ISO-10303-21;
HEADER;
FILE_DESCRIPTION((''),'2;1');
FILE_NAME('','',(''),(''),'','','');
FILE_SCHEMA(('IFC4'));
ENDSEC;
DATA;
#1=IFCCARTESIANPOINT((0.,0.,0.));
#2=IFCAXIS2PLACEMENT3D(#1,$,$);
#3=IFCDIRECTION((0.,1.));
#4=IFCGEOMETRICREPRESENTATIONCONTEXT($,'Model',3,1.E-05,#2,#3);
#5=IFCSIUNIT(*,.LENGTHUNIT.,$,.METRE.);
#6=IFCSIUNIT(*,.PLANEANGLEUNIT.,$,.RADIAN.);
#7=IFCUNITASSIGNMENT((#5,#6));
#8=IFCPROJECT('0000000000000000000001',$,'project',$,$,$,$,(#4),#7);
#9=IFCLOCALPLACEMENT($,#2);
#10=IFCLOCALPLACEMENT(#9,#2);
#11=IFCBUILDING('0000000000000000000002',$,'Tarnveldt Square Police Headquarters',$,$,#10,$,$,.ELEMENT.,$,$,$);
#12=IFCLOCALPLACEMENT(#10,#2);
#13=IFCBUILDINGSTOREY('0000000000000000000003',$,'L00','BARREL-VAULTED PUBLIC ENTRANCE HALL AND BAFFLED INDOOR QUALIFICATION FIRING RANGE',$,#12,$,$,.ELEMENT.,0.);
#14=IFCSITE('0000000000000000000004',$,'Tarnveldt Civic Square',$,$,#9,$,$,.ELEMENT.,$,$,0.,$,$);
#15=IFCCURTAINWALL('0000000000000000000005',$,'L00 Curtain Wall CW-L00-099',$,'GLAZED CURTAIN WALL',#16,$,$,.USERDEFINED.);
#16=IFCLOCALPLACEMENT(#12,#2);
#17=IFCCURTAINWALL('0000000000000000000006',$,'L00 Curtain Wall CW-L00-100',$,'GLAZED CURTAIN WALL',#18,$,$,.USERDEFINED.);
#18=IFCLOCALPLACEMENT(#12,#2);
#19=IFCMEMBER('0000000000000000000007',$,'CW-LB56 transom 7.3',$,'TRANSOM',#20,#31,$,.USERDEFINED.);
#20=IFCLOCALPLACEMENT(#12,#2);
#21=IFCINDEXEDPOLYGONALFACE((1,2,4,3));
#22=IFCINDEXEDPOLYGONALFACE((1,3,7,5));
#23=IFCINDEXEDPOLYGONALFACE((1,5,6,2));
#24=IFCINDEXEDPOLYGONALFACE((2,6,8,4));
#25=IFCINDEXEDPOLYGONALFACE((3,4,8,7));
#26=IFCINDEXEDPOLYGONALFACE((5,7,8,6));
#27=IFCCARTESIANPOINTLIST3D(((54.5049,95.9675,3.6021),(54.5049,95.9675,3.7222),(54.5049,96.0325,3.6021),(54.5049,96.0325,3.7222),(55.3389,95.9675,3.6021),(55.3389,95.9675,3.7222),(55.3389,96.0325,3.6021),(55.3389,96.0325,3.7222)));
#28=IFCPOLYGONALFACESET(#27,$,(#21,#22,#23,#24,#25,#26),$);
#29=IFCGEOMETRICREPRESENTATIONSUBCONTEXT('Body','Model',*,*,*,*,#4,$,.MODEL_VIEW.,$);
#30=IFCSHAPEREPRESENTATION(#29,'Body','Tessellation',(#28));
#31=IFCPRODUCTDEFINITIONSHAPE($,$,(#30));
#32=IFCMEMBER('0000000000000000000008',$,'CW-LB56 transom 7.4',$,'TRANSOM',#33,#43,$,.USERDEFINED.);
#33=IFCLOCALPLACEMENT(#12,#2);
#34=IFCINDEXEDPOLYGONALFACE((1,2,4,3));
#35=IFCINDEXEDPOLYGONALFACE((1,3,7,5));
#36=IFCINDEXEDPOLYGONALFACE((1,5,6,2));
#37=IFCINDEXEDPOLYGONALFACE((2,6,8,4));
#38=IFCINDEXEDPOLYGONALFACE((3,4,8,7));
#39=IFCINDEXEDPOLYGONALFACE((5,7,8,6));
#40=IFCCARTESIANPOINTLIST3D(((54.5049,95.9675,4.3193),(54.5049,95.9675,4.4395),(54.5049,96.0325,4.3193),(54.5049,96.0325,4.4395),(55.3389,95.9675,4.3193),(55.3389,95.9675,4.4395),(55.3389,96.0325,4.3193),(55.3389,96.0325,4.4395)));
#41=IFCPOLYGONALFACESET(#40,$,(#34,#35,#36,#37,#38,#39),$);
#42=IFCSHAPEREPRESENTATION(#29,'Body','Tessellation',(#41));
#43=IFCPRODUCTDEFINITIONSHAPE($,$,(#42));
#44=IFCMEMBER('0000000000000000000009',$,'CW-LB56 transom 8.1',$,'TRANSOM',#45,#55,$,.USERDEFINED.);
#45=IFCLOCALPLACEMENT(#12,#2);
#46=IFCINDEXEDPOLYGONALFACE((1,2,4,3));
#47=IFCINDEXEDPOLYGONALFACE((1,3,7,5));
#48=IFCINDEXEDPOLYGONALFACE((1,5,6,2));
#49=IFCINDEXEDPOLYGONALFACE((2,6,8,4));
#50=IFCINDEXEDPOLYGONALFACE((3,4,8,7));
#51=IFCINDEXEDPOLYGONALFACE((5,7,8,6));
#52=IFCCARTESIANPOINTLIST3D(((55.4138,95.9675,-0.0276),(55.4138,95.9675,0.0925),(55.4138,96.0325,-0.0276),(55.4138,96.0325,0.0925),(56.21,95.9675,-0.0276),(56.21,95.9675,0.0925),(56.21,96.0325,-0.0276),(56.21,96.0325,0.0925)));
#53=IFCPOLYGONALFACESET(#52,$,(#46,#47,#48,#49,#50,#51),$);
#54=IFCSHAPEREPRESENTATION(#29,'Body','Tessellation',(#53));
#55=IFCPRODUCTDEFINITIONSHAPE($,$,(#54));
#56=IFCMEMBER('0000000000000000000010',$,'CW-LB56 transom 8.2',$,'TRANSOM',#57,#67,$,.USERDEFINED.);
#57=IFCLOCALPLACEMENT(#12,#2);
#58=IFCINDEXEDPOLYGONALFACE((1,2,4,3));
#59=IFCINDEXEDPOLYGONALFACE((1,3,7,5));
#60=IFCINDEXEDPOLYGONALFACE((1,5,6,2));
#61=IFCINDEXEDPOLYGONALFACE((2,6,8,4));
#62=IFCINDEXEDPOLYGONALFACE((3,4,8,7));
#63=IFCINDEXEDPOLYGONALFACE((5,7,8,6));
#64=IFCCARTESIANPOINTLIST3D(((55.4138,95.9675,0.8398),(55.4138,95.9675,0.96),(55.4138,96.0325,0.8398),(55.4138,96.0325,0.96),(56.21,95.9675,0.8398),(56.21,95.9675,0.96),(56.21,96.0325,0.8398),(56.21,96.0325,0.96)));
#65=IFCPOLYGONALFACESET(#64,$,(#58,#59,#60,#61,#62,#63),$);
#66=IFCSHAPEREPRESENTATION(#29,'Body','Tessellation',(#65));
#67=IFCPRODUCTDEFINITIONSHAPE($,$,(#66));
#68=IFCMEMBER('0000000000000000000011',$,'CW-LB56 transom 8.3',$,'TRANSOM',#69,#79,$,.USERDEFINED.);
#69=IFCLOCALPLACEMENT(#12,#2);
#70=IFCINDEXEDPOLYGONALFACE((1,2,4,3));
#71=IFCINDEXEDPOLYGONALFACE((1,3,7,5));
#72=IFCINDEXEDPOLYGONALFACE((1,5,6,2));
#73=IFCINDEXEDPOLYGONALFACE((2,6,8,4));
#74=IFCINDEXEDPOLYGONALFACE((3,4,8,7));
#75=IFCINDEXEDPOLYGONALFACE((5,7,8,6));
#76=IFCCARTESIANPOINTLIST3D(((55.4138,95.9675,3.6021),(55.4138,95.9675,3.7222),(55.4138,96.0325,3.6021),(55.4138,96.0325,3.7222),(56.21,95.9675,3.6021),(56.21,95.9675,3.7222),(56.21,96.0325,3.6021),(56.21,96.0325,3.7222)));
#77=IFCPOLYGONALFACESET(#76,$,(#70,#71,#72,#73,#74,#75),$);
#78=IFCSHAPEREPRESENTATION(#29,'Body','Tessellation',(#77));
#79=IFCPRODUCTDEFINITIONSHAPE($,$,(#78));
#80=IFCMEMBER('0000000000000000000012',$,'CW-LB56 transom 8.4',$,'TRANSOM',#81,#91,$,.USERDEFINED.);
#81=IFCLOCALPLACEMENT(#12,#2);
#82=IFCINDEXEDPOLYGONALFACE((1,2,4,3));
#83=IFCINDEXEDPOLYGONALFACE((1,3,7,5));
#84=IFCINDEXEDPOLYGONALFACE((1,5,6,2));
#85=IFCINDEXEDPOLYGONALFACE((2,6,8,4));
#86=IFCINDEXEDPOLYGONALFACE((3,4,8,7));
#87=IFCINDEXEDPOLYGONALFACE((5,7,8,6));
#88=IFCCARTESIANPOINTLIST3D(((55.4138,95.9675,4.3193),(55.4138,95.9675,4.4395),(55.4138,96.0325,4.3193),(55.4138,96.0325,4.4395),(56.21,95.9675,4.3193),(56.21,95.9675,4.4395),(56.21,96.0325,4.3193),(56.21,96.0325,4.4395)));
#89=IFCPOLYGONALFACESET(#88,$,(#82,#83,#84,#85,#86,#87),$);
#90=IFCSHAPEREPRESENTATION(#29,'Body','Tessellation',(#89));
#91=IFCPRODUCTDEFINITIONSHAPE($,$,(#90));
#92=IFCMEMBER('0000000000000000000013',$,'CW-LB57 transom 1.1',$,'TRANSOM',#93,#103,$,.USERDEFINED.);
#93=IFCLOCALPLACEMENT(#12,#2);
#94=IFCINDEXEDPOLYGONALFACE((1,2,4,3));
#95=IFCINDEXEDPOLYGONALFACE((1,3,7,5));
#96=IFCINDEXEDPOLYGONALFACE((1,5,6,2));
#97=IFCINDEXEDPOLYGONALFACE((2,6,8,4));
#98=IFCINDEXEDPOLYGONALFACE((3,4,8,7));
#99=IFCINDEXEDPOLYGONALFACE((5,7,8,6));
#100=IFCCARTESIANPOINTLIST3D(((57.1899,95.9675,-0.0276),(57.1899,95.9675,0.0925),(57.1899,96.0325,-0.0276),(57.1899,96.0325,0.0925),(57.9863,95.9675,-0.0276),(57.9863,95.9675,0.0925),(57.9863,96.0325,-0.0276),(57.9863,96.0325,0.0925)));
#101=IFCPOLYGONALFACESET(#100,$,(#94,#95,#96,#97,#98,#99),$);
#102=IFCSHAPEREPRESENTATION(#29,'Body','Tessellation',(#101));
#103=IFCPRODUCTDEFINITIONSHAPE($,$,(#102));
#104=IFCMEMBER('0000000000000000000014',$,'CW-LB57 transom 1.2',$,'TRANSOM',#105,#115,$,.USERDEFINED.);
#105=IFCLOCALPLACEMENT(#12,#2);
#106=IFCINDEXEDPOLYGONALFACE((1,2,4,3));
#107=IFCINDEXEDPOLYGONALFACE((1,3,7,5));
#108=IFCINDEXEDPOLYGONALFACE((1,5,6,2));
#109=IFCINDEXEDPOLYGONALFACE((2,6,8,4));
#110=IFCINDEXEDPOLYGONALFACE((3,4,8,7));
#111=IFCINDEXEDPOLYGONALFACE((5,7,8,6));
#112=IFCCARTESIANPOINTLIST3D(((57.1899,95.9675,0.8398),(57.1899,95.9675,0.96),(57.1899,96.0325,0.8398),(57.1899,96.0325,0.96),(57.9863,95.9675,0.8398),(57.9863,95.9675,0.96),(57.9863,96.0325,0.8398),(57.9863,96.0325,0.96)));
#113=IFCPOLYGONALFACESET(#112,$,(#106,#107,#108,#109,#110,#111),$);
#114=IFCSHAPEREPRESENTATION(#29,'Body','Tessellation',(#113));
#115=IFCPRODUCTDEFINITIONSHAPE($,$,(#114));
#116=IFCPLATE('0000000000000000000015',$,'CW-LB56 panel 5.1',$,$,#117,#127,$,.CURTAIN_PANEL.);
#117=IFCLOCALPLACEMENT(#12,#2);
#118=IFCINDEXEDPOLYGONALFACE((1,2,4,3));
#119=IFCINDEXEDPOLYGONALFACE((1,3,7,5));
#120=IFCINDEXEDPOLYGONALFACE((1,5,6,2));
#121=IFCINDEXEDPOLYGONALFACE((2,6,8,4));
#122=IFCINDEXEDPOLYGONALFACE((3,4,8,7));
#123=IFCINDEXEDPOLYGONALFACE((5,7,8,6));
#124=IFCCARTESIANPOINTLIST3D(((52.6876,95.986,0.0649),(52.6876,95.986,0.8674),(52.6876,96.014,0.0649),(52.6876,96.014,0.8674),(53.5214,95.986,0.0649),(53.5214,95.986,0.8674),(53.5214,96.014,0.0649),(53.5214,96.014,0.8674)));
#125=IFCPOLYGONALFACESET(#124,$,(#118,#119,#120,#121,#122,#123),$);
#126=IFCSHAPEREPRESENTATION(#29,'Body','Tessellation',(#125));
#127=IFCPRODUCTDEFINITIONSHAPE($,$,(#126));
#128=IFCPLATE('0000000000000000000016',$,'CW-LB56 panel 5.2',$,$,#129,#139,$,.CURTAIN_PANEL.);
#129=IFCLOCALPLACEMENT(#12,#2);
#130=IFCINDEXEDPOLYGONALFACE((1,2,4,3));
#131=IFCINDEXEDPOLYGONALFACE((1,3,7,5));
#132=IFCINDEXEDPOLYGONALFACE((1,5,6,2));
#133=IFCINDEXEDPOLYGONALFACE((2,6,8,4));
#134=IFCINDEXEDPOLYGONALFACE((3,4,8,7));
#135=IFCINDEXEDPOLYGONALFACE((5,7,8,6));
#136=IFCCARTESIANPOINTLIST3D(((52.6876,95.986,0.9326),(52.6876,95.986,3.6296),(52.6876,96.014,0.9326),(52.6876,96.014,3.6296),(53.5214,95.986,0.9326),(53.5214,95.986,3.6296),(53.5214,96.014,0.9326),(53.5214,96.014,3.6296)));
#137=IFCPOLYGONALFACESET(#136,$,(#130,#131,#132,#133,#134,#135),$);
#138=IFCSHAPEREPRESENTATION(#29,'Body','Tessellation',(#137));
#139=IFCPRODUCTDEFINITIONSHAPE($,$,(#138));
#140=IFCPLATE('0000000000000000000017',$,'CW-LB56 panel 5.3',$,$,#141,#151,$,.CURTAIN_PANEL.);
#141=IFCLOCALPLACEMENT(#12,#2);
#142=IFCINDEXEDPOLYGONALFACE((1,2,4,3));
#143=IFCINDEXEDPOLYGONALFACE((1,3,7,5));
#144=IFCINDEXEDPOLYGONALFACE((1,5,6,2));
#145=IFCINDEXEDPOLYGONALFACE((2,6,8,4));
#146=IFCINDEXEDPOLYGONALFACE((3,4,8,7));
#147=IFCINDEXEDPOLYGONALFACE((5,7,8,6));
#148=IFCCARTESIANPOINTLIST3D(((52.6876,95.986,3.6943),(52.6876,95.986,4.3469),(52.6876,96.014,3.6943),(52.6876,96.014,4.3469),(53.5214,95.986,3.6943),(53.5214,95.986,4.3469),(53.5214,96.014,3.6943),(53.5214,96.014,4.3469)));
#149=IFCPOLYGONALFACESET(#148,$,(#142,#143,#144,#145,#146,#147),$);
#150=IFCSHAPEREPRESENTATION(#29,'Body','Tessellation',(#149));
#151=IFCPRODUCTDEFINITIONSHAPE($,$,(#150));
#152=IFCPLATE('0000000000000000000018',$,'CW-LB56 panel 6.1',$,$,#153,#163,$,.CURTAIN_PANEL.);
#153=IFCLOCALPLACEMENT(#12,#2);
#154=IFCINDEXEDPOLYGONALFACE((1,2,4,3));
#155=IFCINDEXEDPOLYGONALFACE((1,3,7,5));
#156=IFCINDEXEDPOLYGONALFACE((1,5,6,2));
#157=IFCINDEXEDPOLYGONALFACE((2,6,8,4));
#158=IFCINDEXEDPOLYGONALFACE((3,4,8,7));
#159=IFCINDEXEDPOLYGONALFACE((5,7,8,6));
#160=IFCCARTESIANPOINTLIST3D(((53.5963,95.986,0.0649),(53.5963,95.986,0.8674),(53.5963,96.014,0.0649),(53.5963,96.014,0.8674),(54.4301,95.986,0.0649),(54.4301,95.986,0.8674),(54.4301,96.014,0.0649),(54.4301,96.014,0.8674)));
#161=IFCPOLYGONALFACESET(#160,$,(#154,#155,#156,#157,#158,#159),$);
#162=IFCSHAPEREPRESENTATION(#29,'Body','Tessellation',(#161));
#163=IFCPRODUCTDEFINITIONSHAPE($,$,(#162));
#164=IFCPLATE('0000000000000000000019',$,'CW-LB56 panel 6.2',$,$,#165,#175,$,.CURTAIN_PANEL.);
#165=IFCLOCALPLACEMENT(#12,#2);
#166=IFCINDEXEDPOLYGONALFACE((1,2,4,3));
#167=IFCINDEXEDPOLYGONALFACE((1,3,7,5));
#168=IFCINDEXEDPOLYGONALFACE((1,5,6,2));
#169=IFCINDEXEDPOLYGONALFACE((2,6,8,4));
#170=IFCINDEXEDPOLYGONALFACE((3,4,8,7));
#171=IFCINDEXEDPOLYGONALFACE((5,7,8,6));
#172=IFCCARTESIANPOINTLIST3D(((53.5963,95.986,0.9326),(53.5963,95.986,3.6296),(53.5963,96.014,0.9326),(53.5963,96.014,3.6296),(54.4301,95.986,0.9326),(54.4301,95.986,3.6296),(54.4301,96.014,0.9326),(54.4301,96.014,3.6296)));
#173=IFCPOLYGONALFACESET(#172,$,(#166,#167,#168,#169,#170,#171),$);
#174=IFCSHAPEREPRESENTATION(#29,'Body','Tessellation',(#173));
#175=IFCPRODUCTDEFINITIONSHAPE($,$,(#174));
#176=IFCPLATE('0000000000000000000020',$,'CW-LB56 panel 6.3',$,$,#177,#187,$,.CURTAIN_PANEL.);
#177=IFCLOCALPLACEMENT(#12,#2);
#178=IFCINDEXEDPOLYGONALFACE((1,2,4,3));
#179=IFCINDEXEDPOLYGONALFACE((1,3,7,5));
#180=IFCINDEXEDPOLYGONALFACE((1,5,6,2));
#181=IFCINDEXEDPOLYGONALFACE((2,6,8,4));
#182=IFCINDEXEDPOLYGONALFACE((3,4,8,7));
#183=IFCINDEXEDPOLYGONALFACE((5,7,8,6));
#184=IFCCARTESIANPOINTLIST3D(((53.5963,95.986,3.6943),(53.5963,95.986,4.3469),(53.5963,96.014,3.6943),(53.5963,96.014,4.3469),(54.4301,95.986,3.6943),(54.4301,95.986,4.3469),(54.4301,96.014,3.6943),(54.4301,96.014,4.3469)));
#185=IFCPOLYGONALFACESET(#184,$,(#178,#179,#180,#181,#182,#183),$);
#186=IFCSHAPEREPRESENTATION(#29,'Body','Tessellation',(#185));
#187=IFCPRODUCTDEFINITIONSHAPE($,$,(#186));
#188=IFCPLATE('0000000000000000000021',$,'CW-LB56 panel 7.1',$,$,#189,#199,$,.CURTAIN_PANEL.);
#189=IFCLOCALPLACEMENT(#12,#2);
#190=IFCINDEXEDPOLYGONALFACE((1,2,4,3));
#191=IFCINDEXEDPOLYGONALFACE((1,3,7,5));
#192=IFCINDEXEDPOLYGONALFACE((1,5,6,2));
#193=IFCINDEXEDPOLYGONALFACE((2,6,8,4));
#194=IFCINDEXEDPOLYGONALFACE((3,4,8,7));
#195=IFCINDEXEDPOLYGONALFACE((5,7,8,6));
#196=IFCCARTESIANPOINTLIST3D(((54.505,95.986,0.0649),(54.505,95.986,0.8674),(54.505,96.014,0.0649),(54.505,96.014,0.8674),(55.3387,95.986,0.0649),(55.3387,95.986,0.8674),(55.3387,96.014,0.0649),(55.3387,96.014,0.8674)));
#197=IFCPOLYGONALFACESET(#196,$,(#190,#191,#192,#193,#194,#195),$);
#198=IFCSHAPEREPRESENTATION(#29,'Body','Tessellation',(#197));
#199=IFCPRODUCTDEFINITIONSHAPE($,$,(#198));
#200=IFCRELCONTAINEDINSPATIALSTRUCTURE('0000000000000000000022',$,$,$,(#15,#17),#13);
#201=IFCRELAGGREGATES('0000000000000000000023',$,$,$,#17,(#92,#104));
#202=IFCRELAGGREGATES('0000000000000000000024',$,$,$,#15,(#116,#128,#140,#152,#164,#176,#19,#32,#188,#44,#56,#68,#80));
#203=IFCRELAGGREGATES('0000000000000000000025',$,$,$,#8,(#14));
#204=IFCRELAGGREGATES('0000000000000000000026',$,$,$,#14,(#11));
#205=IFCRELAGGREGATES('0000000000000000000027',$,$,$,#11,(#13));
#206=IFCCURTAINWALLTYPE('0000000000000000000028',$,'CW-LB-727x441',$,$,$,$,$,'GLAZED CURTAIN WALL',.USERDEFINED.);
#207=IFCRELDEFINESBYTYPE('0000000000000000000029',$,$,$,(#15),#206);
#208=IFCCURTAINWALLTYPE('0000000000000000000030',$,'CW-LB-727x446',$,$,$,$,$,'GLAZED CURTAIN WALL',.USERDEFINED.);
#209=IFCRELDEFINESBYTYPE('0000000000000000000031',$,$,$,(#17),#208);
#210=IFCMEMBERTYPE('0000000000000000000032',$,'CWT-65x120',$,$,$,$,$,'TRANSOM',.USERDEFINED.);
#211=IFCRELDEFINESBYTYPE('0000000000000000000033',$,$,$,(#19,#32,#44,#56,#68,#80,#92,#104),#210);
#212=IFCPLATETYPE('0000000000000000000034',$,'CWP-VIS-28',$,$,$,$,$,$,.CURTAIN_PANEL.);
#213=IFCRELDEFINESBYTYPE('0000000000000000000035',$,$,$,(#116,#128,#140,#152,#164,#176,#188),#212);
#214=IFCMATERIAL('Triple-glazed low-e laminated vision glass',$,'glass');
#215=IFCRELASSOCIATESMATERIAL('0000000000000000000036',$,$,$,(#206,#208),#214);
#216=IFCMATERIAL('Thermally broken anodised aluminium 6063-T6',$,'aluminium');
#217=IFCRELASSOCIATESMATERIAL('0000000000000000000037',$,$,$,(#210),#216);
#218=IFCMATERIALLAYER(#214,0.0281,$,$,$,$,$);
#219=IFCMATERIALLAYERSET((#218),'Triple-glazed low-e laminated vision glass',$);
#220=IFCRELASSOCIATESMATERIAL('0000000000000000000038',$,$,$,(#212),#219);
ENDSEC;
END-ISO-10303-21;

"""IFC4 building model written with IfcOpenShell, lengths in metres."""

from ifc_helpers import new_model, si_unit, direction, frame, origin, origin_2d, place, context, subcontext, project, spatial, rectangle, extrude, material, layer, layer_set, material_profile, profile_set, type_object, element, aggregate, save


model = new_model("IFC4")

# Units and contexts
model_context = context("Model", 3, precision=1e-05, world=origin(), true_north=direction((0.0, 1.0)))
body_context = subcontext(model_context, "Body", "Model", "MODEL_VIEW")
ifc_project = project(units=[si_unit("LENGTHUNIT", "METRE"), si_unit("PLANEANGLEUNIT", "RADIAN")], contexts=[model_context])

# Site, building, storey
site_placement = place(None, origin())
site = spatial("IfcSite", under=ifc_project, at=site_placement, Name="Tarnveldt Civic Square", CompositionType="ELEMENT", RefElevation=0.0)
building_placement = place(site_placement, origin())
building = spatial("IfcBuilding", under=site, at=building_placement, Name="Tarnveldt Square Police Headquarters", CompositionType="ELEMENT")
storey_placement = place(building_placement, origin())
storey = spatial("IfcBuildingStorey", under=building, at=storey_placement, Name="L00", Description="BARREL-VAULTED PUBLIC ENTRANCE HALL AND BAFFLED INDOOR QUALIFICATION FIRING RANGE", CompositionType="ELEMENT", Elevation=0.0)

# Curtain wall
ifc_material_1 = material(Name="Triple-glazed low-e laminated vision glass", Category="glass")
curtain_wall_type_1 = type_object("IfcCurtainWallType", Name="CW-LB-727x441", ElementType="GLAZED CURTAIN WALL", PredefinedType="USERDEFINED", material=ifc_material_1)
curtain_wall_1_placement = place(storey_placement, origin())
curtain_wall_1 = element("IfcCurtainWall", 1, at=curtain_wall_1_placement, inside=storey, type_object=curtain_wall_type_1, Name="L00 Curtain Wall CW-L00-099", ObjectType="GLAZED CURTAIN WALL", PredefinedType="USERDEFINED")
ifc_material_2 = material(Name="Thermally broken anodised aluminium 6063-T6", Category="aluminium")

# Curtain wall
curtain_wall_type_2 = type_object("IfcCurtainWallType", Name="CW-LB-727x446", ElementType="GLAZED CURTAIN WALL", PredefinedType="USERDEFINED", material=ifc_material_1)
curtain_wall_2_placement = place(storey_placement, origin())
curtain_wall_2 = element("IfcCurtainWall", 2, at=curtain_wall_2_placement, inside=storey, type_object=curtain_wall_type_2, Name="L00 Curtain Wall CW-L00-100", ObjectType="GLAZED CURTAIN WALL", PredefinedType="USERDEFINED")

# Members
ifc_material_profile_1 = material_profile(ifc_material_2, rectangle(XDim=0.0649, YDim=0.1201, at=origin_2d()), Name="CW-T65x120")
ifc_profile_set_1 = profile_set([ifc_material_profile_1], Name="Thermally broken anodised aluminium 6063-T6")
member_type_1 = type_object("IfcMemberType", Name="CWT-65x120", ElementType="TRANSOM", PredefinedType="USERDEFINED", material=ifc_profile_set_1)
member_1_placement = place(storey_placement, frame((54.5049, 96.0, 3.6621), z_axis=(1.0, 0.0, 0.0), x_axis=(0.0, 1.0, 0.0)))
member_1 = element("IfcMember", 3, at=member_1_placement, type_object=member_type_1, Name="CW-LB56 transom 7.3", ObjectType="TRANSOM", PredefinedType="USERDEFINED", context=body_context, shape_type="SweptSolid", body=[
    extrude(rectangle(XDim=0.0649, YDim=0.1201, at=origin_2d()), origin(), (0.0, 0.0, 1.0), 0.834),
])
member_2_placement = place(storey_placement, frame((54.5049, 96.0, 4.3794), z_axis=(1.0, 0.0, 0.0), x_axis=(0.0, 1.0, 0.0)))
member_2 = element("IfcMember", 4, at=member_2_placement, type_object=member_type_1, Name="CW-LB56 transom 7.4", ObjectType="TRANSOM", PredefinedType="USERDEFINED", context=body_context, shape_type="SweptSolid", body=[
    extrude(rectangle(XDim=0.0649, YDim=0.1201, at=origin_2d()), origin(), (0.0, 0.0, 1.0), 0.834),
])
member_3_placement = place(storey_placement, frame((55.4138, 96.0, 0.0325), z_axis=(1.0, 0.0, 0.0), x_axis=(0.0, 1.0, 0.0)))
member_3 = element("IfcMember", 5, at=member_3_placement, type_object=member_type_1, Name="CW-LB56 transom 8.1", ObjectType="TRANSOM", PredefinedType="USERDEFINED", context=body_context, shape_type="SweptSolid", body=[
    extrude(rectangle(XDim=0.0649, YDim=0.1201, at=origin_2d()), origin(), (0.0, 0.0, 1.0), 0.7961),
])
member_4_placement = place(storey_placement, frame((55.4138, 96.0, 0.8999), z_axis=(1.0, 0.0, 0.0), x_axis=(0.0, 1.0, 0.0)))
member_4 = element("IfcMember", 6, at=member_4_placement, type_object=member_type_1, Name="CW-LB56 transom 8.2", ObjectType="TRANSOM", PredefinedType="USERDEFINED", context=body_context, shape_type="SweptSolid", body=[
    extrude(rectangle(XDim=0.0649, YDim=0.1201, at=origin_2d()), origin(), (0.0, 0.0, 1.0), 0.7961),
])
member_5_placement = place(storey_placement, frame((55.4138, 96.0, 3.6621), z_axis=(1.0, 0.0, 0.0), x_axis=(0.0, 1.0, 0.0)))
member_5 = element("IfcMember", 7, at=member_5_placement, type_object=member_type_1, Name="CW-LB56 transom 8.3", ObjectType="TRANSOM", PredefinedType="USERDEFINED", context=body_context, shape_type="SweptSolid", body=[
    extrude(rectangle(XDim=0.0649, YDim=0.1201, at=origin_2d()), origin(), (0.0, 0.0, 1.0), 0.7961),
])
member_6_placement = place(storey_placement, frame((55.4138, 96.0, 4.3794), z_axis=(1.0, 0.0, 0.0), x_axis=(0.0, 1.0, 0.0)))
member_6 = element("IfcMember", 8, at=member_6_placement, type_object=member_type_1, Name="CW-LB56 transom 8.4", ObjectType="TRANSOM", PredefinedType="USERDEFINED", context=body_context, shape_type="SweptSolid", body=[
    extrude(rectangle(XDim=0.0649, YDim=0.1201, at=origin_2d()), origin(), (0.0, 0.0, 1.0), 0.7961),
])
member_7_placement = place(storey_placement, frame((57.1899, 96.0, 0.0325), z_axis=(1.0, 0.0, 0.0), x_axis=(0.0, 1.0, 0.0)))
member_7 = element("IfcMember", 9, at=member_7_placement, type_object=member_type_1, Name="CW-LB57 transom 1.1", ObjectType="TRANSOM", PredefinedType="USERDEFINED", context=body_context, shape_type="SweptSolid", body=[
    extrude(rectangle(XDim=0.0649, YDim=0.1201, at=origin_2d()), origin(), (0.0, 0.0, 1.0), 0.7964),
])
member_8_placement = place(storey_placement, frame((57.1899, 96.0, 0.8999), z_axis=(1.0, 0.0, 0.0), x_axis=(0.0, 1.0, 0.0)))
member_8 = element("IfcMember", 10, at=member_8_placement, type_object=member_type_1, Name="CW-LB57 transom 1.2", ObjectType="TRANSOM", PredefinedType="USERDEFINED", context=body_context, shape_type="SweptSolid", body=[
    extrude(rectangle(XDim=0.0649, YDim=0.1201, at=origin_2d()), origin(), (0.0, 0.0, 1.0), 0.7964),
])
aggregate(curtain_wall_2, [member_7, member_8])

# Plates
ifc_layer = layer(ifc_material_1, 0.0281)
ifc_layer_set = layer_set([ifc_layer], Name="Triple-glazed low-e laminated vision glass")
plate_type = type_object("IfcPlateType", Name="CWP-VIS-28", PredefinedType="CURTAIN_PANEL", material=ifc_layer_set)
plate_1_placement = place(storey_placement, frame((53.1045, 96.0, 0.0649), z_axis=(0.0, 0.0, 1.0), x_axis=(1.0, 0.0, 0.0)))
plate_1 = element("IfcPlate", 11, at=plate_1_placement, type_object=plate_type, Name="CW-LB56 panel 5.1", PredefinedType="CURTAIN_PANEL", context=body_context, shape_type="SweptSolid", body=[
    extrude(rectangle(XDim=0.8337, YDim=0.0281, at=origin_2d()), origin(), (0.0, 0.0, 1.0), 0.8025),
])
plate_2_placement = place(storey_placement, frame((53.1045, 96.0, 0.9326), z_axis=(0.0, 0.0, 1.0), x_axis=(1.0, 0.0, 0.0)))
plate_2 = element("IfcPlate", 12, at=plate_2_placement, type_object=plate_type, Name="CW-LB56 panel 5.2", PredefinedType="CURTAIN_PANEL", context=body_context, shape_type="SweptSolid", body=[
    extrude(rectangle(XDim=0.8337, YDim=0.0281, at=origin_2d()), origin(), (0.0, 0.0, 1.0), 2.697),
])
plate_3_placement = place(storey_placement, frame((53.1045, 96.0, 3.6943), z_axis=(0.0, 0.0, 1.0), x_axis=(1.0, 0.0, 0.0)))
plate_3 = element("IfcPlate", 13, at=plate_3_placement, type_object=plate_type, Name="CW-LB56 panel 5.3", PredefinedType="CURTAIN_PANEL", context=body_context, shape_type="SweptSolid", body=[
    extrude(rectangle(XDim=0.8337, YDim=0.0281, at=origin_2d()), origin(), (0.0, 0.0, 1.0), 0.6526),
])
plate_4_placement = place(storey_placement, frame((54.0132, 96.0, 0.0649), z_axis=(0.0, 0.0, 1.0), x_axis=(1.0, 0.0, 0.0)))
plate_4 = element("IfcPlate", 14, at=plate_4_placement, type_object=plate_type, Name="CW-LB56 panel 6.1", PredefinedType="CURTAIN_PANEL", context=body_context, shape_type="SweptSolid", body=[
    extrude(rectangle(XDim=0.8337, YDim=0.0281, at=origin_2d()), origin(), (0.0, 0.0, 1.0), 0.8025),
])
plate_5_placement = place(storey_placement, frame((54.0132, 96.0, 0.9326), z_axis=(0.0, 0.0, 1.0), x_axis=(1.0, 0.0, 0.0)))
plate_5 = element("IfcPlate", 15, at=plate_5_placement, type_object=plate_type, Name="CW-LB56 panel 6.2", PredefinedType="CURTAIN_PANEL", context=body_context, shape_type="SweptSolid", body=[
    extrude(rectangle(XDim=0.8337, YDim=0.0281, at=origin_2d()), origin(), (0.0, 0.0, 1.0), 2.697),
])
plate_6_placement = place(storey_placement, frame((54.0132, 96.0, 3.6943), z_axis=(0.0, 0.0, 1.0), x_axis=(1.0, 0.0, 0.0)))
plate_6 = element("IfcPlate", 16, at=plate_6_placement, type_object=plate_type, Name="CW-LB56 panel 6.3", PredefinedType="CURTAIN_PANEL", context=body_context, shape_type="SweptSolid", body=[
    extrude(rectangle(XDim=0.8337, YDim=0.0281, at=origin_2d()), origin(), (0.0, 0.0, 1.0), 0.6526),
])
plate_7_placement = place(storey_placement, frame((54.9219, 96.0, 0.0649), z_axis=(0.0, 0.0, 1.0), x_axis=(1.0, 0.0, 0.0)))
plate_7 = element("IfcPlate", 17, at=plate_7_placement, type_object=plate_type, Name="CW-LB56 panel 7.1", PredefinedType="CURTAIN_PANEL", context=body_context, shape_type="SweptSolid", body=[
    extrude(rectangle(XDim=0.8337, YDim=0.0281, at=origin_2d()), origin(), (0.0, 0.0, 1.0), 0.8025),
])
aggregate(curtain_wall_1, [plate_1, plate_2, plate_3, plate_4, plate_5, plate_6, member_1, member_2, plate_7, member_3, member_4, member_5, member_6])

save(model, "model.ifc")
